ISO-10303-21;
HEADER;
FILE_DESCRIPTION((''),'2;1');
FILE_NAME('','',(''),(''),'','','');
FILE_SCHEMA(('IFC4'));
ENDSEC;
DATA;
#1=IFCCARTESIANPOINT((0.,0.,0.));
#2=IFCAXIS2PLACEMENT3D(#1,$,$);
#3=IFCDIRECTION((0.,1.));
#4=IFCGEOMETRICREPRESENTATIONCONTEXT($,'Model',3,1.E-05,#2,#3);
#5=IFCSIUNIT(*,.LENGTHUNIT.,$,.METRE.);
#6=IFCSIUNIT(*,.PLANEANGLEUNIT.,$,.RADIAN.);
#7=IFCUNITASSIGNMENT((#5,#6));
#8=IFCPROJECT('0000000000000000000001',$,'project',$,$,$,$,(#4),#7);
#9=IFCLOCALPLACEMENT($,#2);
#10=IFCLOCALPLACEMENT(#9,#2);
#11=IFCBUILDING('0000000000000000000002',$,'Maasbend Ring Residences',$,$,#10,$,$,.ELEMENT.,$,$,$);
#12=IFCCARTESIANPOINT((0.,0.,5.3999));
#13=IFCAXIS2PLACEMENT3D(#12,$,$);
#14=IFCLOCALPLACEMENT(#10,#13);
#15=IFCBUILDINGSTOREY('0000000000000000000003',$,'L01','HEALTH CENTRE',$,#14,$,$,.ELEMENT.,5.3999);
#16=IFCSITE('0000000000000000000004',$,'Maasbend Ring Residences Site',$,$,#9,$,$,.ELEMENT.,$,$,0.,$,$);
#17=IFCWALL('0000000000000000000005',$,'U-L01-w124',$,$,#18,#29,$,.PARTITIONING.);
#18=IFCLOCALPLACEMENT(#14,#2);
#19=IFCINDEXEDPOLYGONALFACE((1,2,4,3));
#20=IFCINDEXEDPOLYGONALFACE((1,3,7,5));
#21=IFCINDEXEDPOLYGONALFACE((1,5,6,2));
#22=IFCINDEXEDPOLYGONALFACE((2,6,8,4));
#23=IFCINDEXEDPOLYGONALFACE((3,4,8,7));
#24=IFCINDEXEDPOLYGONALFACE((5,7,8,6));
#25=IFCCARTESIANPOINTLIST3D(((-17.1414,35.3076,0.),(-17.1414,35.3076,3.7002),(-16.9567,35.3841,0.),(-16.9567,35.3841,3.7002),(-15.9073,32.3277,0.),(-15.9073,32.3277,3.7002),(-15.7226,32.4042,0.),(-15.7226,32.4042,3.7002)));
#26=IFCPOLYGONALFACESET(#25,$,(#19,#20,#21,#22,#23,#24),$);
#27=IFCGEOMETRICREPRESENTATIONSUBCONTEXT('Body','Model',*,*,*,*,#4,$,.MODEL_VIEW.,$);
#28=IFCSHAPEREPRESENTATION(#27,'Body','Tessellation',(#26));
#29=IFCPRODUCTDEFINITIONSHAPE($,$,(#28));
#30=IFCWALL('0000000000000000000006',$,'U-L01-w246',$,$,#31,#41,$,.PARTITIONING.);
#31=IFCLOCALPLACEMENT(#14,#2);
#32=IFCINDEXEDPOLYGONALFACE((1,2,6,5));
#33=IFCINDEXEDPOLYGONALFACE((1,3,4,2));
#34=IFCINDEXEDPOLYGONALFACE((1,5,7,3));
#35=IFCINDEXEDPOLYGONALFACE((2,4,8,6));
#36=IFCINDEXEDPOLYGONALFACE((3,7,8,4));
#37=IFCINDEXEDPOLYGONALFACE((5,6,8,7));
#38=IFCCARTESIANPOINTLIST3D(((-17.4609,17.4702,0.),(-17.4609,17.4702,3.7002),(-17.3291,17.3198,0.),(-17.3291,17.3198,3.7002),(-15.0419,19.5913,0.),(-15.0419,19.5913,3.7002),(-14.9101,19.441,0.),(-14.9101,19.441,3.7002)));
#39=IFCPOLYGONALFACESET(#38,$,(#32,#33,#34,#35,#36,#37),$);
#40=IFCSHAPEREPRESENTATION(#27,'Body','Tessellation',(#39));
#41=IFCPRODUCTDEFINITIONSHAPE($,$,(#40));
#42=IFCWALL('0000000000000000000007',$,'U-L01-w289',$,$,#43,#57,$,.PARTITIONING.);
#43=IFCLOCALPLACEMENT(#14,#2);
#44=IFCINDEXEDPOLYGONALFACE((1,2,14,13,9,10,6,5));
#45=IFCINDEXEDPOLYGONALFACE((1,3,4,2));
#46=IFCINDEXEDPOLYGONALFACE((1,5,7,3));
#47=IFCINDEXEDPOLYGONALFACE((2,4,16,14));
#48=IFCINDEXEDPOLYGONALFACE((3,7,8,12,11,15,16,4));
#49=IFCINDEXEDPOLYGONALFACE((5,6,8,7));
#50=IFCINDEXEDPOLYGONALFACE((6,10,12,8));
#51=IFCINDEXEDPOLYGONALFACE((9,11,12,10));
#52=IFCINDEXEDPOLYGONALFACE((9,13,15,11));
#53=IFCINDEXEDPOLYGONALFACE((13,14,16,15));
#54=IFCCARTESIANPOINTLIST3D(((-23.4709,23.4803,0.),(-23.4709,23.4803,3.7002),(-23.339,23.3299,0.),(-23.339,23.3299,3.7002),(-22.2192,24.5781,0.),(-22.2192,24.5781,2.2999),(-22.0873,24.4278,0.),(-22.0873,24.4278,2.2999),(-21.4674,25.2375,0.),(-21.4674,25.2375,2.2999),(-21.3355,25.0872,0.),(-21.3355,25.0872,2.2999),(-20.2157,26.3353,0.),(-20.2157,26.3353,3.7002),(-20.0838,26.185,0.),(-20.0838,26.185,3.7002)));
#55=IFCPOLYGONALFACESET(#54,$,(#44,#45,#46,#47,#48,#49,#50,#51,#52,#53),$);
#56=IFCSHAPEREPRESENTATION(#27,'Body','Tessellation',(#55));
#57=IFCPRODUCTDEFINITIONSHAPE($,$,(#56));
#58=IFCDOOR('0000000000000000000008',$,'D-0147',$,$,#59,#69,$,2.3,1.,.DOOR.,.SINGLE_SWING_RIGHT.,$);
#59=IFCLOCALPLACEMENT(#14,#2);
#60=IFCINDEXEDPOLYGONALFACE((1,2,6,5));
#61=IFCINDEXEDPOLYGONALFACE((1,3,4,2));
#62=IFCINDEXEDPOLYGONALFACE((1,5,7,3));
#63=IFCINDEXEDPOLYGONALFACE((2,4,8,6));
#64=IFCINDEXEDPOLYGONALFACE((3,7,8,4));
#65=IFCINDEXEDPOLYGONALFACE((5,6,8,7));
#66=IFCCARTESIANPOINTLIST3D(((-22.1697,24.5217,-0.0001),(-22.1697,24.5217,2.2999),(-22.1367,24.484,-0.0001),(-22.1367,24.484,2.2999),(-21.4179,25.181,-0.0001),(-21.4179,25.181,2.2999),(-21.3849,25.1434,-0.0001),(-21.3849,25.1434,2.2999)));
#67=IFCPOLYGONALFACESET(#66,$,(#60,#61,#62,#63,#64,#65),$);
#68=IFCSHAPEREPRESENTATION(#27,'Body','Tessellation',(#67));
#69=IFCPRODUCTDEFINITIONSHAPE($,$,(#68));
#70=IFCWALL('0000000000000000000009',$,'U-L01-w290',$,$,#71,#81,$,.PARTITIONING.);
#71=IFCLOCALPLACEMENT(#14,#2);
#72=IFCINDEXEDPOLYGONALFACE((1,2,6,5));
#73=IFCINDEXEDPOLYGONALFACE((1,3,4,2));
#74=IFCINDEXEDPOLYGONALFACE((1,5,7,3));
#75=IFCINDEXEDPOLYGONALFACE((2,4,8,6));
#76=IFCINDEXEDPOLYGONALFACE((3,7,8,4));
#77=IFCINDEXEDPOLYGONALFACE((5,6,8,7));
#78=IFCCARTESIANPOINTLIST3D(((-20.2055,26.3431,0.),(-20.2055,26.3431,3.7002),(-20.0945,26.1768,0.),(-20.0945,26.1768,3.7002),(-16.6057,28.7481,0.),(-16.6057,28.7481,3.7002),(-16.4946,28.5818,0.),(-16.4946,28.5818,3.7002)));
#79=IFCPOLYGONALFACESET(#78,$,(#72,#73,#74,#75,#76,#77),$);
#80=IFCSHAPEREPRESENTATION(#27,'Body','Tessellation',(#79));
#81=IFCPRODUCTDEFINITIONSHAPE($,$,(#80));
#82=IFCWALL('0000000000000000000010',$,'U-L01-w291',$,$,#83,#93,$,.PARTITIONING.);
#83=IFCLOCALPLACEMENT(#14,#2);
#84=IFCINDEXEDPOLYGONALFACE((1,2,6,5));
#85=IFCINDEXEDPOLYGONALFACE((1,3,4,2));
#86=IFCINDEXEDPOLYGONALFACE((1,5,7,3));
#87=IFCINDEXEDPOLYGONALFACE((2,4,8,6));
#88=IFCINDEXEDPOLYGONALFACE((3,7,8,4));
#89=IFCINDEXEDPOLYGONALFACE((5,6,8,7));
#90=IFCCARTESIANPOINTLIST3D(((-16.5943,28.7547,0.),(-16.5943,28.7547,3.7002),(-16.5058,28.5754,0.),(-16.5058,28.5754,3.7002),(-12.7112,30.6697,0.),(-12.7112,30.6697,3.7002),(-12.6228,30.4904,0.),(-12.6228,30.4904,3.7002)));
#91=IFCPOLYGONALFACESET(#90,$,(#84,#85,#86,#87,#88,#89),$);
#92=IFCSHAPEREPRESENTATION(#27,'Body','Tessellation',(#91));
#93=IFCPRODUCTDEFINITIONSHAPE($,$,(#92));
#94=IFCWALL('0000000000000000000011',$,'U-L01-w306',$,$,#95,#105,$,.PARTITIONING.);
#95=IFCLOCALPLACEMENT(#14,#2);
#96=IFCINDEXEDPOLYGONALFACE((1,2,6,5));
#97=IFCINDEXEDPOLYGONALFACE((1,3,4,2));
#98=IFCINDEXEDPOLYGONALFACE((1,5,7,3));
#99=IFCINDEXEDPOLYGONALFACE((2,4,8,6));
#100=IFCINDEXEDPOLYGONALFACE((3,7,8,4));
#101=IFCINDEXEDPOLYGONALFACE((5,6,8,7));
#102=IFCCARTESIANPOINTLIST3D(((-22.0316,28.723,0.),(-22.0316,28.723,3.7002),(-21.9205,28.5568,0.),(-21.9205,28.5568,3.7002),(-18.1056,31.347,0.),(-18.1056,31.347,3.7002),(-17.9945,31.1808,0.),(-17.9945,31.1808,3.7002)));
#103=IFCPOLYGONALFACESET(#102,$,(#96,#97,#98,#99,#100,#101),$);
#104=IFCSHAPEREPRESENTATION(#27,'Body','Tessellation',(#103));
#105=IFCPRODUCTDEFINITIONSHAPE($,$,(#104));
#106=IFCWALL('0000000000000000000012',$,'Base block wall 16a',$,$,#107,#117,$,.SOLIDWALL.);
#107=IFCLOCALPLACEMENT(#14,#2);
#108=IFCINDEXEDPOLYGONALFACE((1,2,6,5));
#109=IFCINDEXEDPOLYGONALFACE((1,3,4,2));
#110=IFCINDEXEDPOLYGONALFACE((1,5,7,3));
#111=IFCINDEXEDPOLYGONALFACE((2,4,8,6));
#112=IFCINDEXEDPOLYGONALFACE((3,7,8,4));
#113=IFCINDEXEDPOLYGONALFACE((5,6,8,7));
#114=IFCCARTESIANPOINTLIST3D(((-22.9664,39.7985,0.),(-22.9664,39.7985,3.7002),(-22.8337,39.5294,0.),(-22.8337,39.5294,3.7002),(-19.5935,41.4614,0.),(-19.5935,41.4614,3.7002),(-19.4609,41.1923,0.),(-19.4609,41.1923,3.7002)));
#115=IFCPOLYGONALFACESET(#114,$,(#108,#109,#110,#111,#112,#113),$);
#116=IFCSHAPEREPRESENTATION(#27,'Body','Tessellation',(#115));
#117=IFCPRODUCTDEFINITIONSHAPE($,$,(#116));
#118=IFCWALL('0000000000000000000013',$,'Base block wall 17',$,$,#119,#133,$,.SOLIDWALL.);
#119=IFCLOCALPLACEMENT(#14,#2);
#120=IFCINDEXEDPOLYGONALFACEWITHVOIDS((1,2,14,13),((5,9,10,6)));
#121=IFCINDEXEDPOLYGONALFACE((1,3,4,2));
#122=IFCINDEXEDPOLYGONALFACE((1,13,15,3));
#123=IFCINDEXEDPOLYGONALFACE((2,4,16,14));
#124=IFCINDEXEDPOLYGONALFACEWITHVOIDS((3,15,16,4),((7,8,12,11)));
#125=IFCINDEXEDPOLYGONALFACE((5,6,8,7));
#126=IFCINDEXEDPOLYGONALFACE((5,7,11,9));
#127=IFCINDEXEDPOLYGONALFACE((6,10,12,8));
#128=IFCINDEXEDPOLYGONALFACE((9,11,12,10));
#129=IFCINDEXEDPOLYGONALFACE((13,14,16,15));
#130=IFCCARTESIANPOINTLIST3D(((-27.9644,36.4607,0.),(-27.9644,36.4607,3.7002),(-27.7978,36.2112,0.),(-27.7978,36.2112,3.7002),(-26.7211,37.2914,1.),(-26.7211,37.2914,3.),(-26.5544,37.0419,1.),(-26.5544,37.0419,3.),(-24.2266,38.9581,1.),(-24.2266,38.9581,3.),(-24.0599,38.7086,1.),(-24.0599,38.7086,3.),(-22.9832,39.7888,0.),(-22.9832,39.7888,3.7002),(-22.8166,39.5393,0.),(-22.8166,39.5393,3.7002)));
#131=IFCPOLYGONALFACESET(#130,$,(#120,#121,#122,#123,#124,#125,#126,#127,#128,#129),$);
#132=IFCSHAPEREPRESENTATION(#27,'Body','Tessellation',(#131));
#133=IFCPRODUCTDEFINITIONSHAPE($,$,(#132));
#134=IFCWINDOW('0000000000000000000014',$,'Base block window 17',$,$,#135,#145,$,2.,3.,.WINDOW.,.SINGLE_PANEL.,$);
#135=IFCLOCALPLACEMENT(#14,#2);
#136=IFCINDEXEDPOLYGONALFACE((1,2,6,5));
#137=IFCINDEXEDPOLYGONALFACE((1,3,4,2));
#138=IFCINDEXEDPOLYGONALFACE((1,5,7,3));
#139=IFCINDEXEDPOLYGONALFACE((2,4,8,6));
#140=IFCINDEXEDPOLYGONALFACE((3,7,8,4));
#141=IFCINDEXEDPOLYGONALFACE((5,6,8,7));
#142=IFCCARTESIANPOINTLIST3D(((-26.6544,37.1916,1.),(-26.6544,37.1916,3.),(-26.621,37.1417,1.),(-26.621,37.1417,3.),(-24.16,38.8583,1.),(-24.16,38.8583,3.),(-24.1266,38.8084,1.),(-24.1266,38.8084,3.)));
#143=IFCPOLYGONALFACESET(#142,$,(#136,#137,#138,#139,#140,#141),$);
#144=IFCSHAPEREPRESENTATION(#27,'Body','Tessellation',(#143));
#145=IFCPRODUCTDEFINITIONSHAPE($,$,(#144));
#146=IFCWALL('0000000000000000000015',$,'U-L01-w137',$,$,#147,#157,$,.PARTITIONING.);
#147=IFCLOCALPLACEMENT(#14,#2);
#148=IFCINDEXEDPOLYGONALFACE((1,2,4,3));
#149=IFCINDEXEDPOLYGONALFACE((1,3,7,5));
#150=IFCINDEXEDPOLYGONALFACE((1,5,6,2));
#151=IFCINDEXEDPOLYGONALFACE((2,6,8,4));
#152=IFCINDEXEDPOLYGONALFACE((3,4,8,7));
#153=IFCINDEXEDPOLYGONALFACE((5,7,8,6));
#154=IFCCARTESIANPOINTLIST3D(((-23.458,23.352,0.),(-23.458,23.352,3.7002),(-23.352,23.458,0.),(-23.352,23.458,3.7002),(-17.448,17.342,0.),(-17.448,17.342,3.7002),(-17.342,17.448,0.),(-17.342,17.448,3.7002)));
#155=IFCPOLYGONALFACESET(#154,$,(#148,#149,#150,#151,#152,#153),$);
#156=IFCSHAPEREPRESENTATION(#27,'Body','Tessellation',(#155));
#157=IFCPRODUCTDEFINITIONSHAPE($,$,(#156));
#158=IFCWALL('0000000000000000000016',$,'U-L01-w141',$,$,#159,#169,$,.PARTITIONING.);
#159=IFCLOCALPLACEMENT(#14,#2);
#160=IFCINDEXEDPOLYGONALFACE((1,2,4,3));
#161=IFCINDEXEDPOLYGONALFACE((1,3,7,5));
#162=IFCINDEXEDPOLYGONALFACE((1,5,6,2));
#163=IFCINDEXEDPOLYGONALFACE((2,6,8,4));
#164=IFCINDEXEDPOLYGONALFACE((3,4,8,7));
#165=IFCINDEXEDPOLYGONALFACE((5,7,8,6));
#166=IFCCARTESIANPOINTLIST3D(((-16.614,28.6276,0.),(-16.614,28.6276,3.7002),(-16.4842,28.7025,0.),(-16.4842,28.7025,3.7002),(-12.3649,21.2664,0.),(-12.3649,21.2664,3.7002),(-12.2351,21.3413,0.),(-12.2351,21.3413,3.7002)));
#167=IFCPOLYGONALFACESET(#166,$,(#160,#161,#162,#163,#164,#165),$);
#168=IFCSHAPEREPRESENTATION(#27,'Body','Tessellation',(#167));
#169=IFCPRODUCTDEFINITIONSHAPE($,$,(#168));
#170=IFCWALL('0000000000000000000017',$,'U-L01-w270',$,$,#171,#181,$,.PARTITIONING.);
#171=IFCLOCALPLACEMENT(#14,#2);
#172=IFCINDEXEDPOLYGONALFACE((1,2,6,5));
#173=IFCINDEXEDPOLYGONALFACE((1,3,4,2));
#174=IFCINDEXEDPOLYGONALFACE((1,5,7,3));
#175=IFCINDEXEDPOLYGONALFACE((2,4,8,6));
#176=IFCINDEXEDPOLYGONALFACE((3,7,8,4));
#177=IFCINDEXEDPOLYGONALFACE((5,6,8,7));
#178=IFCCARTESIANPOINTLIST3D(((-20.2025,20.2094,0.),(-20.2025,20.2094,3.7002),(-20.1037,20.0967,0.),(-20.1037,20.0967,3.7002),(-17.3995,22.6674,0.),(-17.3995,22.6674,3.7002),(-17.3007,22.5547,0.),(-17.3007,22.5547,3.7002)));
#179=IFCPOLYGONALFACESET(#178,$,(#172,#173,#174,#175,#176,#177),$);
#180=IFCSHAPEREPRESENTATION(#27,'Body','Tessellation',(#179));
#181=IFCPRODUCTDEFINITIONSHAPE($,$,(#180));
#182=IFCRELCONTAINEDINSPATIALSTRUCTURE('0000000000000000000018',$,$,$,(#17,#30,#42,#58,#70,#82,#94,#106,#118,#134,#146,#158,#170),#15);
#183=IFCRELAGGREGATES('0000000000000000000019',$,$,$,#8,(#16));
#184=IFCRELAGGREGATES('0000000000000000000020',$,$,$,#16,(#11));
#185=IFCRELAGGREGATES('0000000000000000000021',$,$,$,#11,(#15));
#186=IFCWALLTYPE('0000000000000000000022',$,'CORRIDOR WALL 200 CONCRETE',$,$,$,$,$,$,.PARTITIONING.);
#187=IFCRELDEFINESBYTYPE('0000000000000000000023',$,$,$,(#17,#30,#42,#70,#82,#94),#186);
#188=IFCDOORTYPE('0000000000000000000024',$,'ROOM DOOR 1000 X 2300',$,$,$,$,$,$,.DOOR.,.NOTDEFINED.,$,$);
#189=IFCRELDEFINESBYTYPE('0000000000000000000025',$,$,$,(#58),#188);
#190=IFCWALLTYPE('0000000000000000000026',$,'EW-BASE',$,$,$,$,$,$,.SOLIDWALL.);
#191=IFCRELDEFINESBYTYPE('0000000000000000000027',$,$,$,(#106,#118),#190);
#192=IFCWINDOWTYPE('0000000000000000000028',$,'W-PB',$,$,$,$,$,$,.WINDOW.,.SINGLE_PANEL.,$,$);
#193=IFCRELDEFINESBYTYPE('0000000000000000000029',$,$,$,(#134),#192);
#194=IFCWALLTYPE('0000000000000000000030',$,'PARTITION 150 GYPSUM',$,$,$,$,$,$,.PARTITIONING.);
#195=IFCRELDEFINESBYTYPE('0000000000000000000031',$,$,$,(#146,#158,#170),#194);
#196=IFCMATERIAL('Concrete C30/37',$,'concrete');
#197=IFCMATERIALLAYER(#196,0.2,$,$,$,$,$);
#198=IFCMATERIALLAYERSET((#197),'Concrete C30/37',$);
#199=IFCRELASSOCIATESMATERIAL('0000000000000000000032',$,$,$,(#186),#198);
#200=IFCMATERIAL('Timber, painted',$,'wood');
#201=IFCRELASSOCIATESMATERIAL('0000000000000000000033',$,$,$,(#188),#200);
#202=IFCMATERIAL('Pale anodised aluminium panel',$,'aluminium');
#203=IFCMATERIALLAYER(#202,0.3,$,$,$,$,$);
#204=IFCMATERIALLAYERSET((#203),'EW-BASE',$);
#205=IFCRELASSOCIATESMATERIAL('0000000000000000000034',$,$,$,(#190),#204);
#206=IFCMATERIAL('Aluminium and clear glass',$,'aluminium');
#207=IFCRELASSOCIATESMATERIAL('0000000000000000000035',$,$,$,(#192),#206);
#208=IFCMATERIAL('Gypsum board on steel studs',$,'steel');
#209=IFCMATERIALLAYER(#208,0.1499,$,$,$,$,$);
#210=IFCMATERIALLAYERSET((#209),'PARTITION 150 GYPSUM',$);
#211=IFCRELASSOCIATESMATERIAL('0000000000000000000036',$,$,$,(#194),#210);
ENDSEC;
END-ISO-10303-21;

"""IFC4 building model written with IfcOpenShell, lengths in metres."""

from ifc_helpers import new_model, si_unit, direction, frame, frame_2d, origin, place, context, subcontext, project, spatial, rectangle, extrude, material, layer, layer_set, type_object, element, fill, save


model = new_model("IFC4")

# Units and contexts
model_context = context("Model", 3, precision=1e-05, world=origin(), true_north=direction((0.0, 1.0)))
body_context = subcontext(model_context, "Body", "Model", "MODEL_VIEW")
ifc_project = project(units=[si_unit("LENGTHUNIT", "METRE"), si_unit("PLANEANGLEUNIT", "RADIAN")], contexts=[model_context])

# Site, building, storey
site_placement = place(None, origin())
site = spatial("IfcSite", under=ifc_project, at=site_placement, Name="Maasbend Ring Residences Site", CompositionType="ELEMENT", RefElevation=0.0)
building_placement = place(site_placement, origin())
building = spatial("IfcBuilding", under=site, at=building_placement, Name="Maasbend Ring Residences", CompositionType="ELEMENT")
storey_placement = place(building_placement, frame((0.0, 0.0, 5.3999)))
storey = spatial("IfcBuildingStorey", under=building, at=storey_placement, Name="L01", Description="HEALTH CENTRE", CompositionType="ELEMENT", Elevation=5.3999)

# Shared definitions
ifc_material_1 = material(Name="Concrete C30/37", Category="concrete")
ifc_layer_1 = layer(ifc_material_1, 0.2)
ifc_layer_set_1 = layer_set([ifc_layer_1], Name="Concrete C30/37")
wall_type_1 = type_object("IfcWallType", Name="CORRIDOR WALL 200 CONCRETE", PredefinedType="PARTITIONING", material=ifc_layer_set_1)
ifc_material_2 = material(Name="Timber, painted", Category="wood")
door_type_1 = type_object("IfcDoorType", Name="ROOM DOOR 1000 X 2300", OperationType="NOTDEFINED", PredefinedType="DOOR", material=ifc_material_2)

# Walls
wall_1_placement = place(storey_placement, frame((-17.0491, 35.3459, 0.0), z_axis=(0.0, 0.0, 1.0), x_axis=(0.382626, -0.923903, 0.0)))
element("IfcWall", 1, at=wall_1_placement, inside=storey, type_object=wall_type_1, Name="U-L01-w124", PredefinedType="PARTITIONING", context=body_context, shape_type="SweptSolid", body=[
    extrude(rectangle(XDim=3.2253, YDim=0.2, at=frame_2d((1.6128, 0.0))), origin(), (0.0, 0.0, 1.0), 3.7002),
])
wall_2_placement = place(storey_placement, frame((-17.395, 17.395, 0.0), z_axis=(0.0, 0.0, 1.0), x_axis=(0.751881, 0.659299, 0.0)))
element("IfcWall", 2, at=wall_2_placement, inside=storey, type_object=wall_type_1, Name="U-L01-w246", PredefinedType="PARTITIONING", context=body_context, shape_type="SweptSolid", body=[
    extrude(rectangle(XDim=3.2173, YDim=0.2, at=frame_2d((1.6086, 0.0))), origin(), (0.0, 0.0, 1.0), 3.7002),
])

# Wall, opening, door
wall_3_placement = place(storey_placement, frame((-23.405, 23.405, 0.0), z_axis=(0.0, 0.0, 1.0), x_axis=(0.751804, 0.659386, 0.0)))
wall_3 = element("IfcWall", 3, at=wall_3_placement, inside=storey, type_object=wall_type_1, Name="U-L01-w289", PredefinedType="PARTITIONING", context=body_context, shape_type="SweptSolid", body=[
    extrude(rectangle(XDim=4.3298, YDim=0.2, at=frame_2d((2.165, 0.0))), origin(), (0.0, 0.0, 1.0), 3.7002),
])
opening_1_placement = place(wall_3_placement, frame((1.665, 0.0, 0.0)))
opening_1 = element("IfcOpeningElement", 4, at=opening_1_placement, cuts=wall_3, PredefinedType="OPENING", context=body_context, shape_type="SweptSolid", body=[
    extrude(rectangle(XDim=1.0, YDim=2.3, at=frame_2d((0.5, 1.1499))), frame((0.0, 0.1099, 0.0), z_axis=(0.0, -1.0, 0.0), x_axis=(1.0, 0.0, 0.0)), (0.0, 0.0, 1.0), 0.22),
])
door_1_placement = place(opening_1_placement, origin())
door_1 = element("IfcDoor", 5, at=door_1_placement, inside=storey, type_object=door_type_1, Name="D-0147", OperationType="SINGLE_SWING_RIGHT", OverallHeight=2.3, OverallWidth=1.0, PredefinedType="DOOR", context=body_context, shape_type="SweptSolid", body=[
    extrude(rectangle(XDim=1.0, YDim=2.3, at=frame_2d((0.5, 1.1499))), frame((0.0, 0.0249, 0.0), z_axis=(0.0, -1.0, 0.0), x_axis=(1.0, 0.0, 0.0)), (0.0, 0.0, 1.0), 0.05),
])
fill(opening_1, door_1)

# Walls
wall_4_placement = place(storey_placement, frame((-20.1499, 26.26, 0.0), z_axis=(0.0, 0.0, 1.0), x_axis=(0.831503, 0.55552, 0.0)))
element("IfcWall", 6, at=wall_4_placement, inside=storey, type_object=wall_type_1, Name="U-L01-w290", PredefinedType="PARTITIONING", context=body_context, shape_type="SweptSolid", body=[
    extrude(rectangle(XDim=4.3293, YDim=0.2, at=frame_2d((2.1646, 0.0))), origin(), (0.0, 0.0, 1.0), 3.7002),
])
wall_5_placement = place(storey_placement, frame((-16.55, 28.665, 0.0), z_axis=(0.0, 0.0, 1.0), x_axis=(0.896861, 0.442312, 0.0)))
element("IfcWall", 7, at=wall_5_placement, inside=storey, type_object=wall_type_1, Name="U-L01-w291", PredefinedType="PARTITIONING", context=body_context, shape_type="SweptSolid", body=[
    extrude(rectangle(XDim=4.3296, YDim=0.2, at=frame_2d((2.1648, 0.0))), origin(), (0.0, 0.0, 1.0), 3.7002),
])
wall_6_placement = place(storey_placement, frame((-21.9761, 28.6399, 0.0), z_axis=(0.0, 0.0, 1.0), x_axis=(0.831397, 0.555678, 0.0)))
element("IfcWall", 8, at=wall_6_placement, inside=storey, type_object=wall_type_1, Name="U-L01-w306", PredefinedType="PARTITIONING", context=body_context, shape_type="SweptSolid", body=[
    extrude(rectangle(XDim=4.7222, YDim=0.2, at=frame_2d((2.3611, 0.0))), origin(), (0.0, 0.0, 1.0), 3.7002),
])
ifc_material_3 = material(Name="Pale anodised aluminium panel", Category="aluminium")
ifc_layer_2 = layer(ifc_material_3, 0.3)
ifc_layer_set_2 = layer_set([ifc_layer_2], Name="EW-BASE")
wall_type_2 = type_object("IfcWallType", Name="EW-BASE", PredefinedType="SOLIDWALL", material=ifc_layer_set_2)
wall_7_placement = place(storey_placement, frame((-19.5271, 41.3269, 0.0), z_axis=(0.0, 0.0, 1.0), x_axis=(-0.896919, -0.442194, 0.0)))
element("IfcWall", 9, at=wall_7_placement, inside=storey, type_object=wall_type_2, Name="Base block wall 16a", PredefinedType="SOLIDWALL", context=body_context, shape_type="SweptSolid", body=[
    extrude(rectangle(XDim=3.7605, YDim=0.3, at=frame_2d((1.8804, 0.0))), origin(), (0.0, 0.0, 1.0), 3.7002),
])

# Wall, opening, window
wall_8_placement = place(storey_placement, frame((-22.8999, 39.6641, 0.0), z_axis=(0.0, 0.0, 1.0), x_axis=(-0.831486, -0.555546, 0.0)))
wall_8 = element("IfcWall", 10, at=wall_8_placement, inside=storey, type_object=wall_type_2, Name="Base block wall 17", PredefinedType="SOLIDWALL", context=body_context, shape_type="SweptSolid", body=[
    extrude(rectangle(XDim=5.9907, YDim=0.3, at=frame_2d((2.9954, 0.0))), origin(), (0.0, 0.0, 1.0), 3.7002),
])
opening_2_placement = place(wall_8_placement, frame((1.4954, 0.0, 1.0)))
opening_2 = element("IfcOpeningElement", 11, at=opening_2_placement, cuts=wall_8, PredefinedType="OPENING", context=body_context, shape_type="SweptSolid", body=[
    extrude(rectangle(XDim=3.0, YDim=2.0, at=frame_2d((1.5, 1.0))), frame((0.0, 0.1602, 0.0), z_axis=(0.0, -1.0, 0.0), x_axis=(1.0, 0.0, 0.0)), (0.0, 0.0, 1.0), 0.3201),
])
ifc_material_4 = material(Name="Aluminium and clear glass", Category="aluminium")
window_type = type_object("IfcWindowType", Name="W-PB", PartitioningType="SINGLE_PANEL", PredefinedType="WINDOW", material=ifc_material_4)
window_placement = place(opening_2_placement, origin())
window = element("IfcWindow", 12, at=window_placement, inside=storey, type_object=window_type, Name="Base block window 17", OverallHeight=2.0, OverallWidth=3.0, PartitioningType="SINGLE_PANEL", PredefinedType="WINDOW", context=body_context, shape_type="SweptSolid", body=[
    extrude(rectangle(XDim=3.0, YDim=2.0, at=frame_2d((1.5, 1.0))), frame((0.0, 0.03, 0.0), z_axis=(0.0, -1.0, 0.0), x_axis=(1.0, 0.0, 0.0)), (0.0, 0.0, 1.0), 0.0601),
])
fill(opening_2, window)

# Walls
ifc_material_5 = material(Name="Gypsum board on steel studs", Category="steel")
ifc_layer_3 = layer(ifc_material_5, 0.1499)
ifc_layer_set_3 = layer_set([ifc_layer_3], Name="PARTITION 150 GYPSUM")
wall_type_3 = type_object("IfcWallType", Name="PARTITION 150 GYPSUM", PredefinedType="PARTITIONING", material=ifc_layer_set_3)
for number, where, z_axis, x_axis, name in (
    (13, (-23.405, 23.405, 0.0), (0.0, 0.0, 1.0), (0.707107, -0.707107, 0.0), "U-L01-w137"),
    (14, (-16.5491, 28.665, 0.0), (0.0, 0.0, 1.0), (0.499921, -0.866071, 0.0), "U-L01-w141"),
):
    element("IfcWall", number, at=place(storey_placement, frame(where, z_axis=z_axis, x_axis=x_axis)), inside=storey, type_object=wall_type_3, Name=name, PredefinedType="PARTITIONING", context=body_context, shape_type="SweptSolid", body=[
        extrude(rectangle(XDim=8.4995, YDim=0.1499, at=frame_2d((4.2498, 0.0))), origin(), (0.0, 0.0, 1.0), 3.7002),
    ])
wall_9_placement = place(storey_placement, frame((-20.1531, 20.1531, 0.0), z_axis=(0.0, 0.0, 1.0), x_axis=(0.751858, 0.659325, 0.0)))
element("IfcWall", 15, at=wall_9_placement, inside=storey, type_object=wall_type_3, Name="U-L01-w270", PredefinedType="PARTITIONING", context=body_context, shape_type="SweptSolid", body=[
    extrude(rectangle(XDim=3.728, YDim=0.1499, at=frame_2d((1.864, 0.0))), origin(), (0.0, 0.0, 1.0), 3.7002),
])

save(model, "model.ifc")
